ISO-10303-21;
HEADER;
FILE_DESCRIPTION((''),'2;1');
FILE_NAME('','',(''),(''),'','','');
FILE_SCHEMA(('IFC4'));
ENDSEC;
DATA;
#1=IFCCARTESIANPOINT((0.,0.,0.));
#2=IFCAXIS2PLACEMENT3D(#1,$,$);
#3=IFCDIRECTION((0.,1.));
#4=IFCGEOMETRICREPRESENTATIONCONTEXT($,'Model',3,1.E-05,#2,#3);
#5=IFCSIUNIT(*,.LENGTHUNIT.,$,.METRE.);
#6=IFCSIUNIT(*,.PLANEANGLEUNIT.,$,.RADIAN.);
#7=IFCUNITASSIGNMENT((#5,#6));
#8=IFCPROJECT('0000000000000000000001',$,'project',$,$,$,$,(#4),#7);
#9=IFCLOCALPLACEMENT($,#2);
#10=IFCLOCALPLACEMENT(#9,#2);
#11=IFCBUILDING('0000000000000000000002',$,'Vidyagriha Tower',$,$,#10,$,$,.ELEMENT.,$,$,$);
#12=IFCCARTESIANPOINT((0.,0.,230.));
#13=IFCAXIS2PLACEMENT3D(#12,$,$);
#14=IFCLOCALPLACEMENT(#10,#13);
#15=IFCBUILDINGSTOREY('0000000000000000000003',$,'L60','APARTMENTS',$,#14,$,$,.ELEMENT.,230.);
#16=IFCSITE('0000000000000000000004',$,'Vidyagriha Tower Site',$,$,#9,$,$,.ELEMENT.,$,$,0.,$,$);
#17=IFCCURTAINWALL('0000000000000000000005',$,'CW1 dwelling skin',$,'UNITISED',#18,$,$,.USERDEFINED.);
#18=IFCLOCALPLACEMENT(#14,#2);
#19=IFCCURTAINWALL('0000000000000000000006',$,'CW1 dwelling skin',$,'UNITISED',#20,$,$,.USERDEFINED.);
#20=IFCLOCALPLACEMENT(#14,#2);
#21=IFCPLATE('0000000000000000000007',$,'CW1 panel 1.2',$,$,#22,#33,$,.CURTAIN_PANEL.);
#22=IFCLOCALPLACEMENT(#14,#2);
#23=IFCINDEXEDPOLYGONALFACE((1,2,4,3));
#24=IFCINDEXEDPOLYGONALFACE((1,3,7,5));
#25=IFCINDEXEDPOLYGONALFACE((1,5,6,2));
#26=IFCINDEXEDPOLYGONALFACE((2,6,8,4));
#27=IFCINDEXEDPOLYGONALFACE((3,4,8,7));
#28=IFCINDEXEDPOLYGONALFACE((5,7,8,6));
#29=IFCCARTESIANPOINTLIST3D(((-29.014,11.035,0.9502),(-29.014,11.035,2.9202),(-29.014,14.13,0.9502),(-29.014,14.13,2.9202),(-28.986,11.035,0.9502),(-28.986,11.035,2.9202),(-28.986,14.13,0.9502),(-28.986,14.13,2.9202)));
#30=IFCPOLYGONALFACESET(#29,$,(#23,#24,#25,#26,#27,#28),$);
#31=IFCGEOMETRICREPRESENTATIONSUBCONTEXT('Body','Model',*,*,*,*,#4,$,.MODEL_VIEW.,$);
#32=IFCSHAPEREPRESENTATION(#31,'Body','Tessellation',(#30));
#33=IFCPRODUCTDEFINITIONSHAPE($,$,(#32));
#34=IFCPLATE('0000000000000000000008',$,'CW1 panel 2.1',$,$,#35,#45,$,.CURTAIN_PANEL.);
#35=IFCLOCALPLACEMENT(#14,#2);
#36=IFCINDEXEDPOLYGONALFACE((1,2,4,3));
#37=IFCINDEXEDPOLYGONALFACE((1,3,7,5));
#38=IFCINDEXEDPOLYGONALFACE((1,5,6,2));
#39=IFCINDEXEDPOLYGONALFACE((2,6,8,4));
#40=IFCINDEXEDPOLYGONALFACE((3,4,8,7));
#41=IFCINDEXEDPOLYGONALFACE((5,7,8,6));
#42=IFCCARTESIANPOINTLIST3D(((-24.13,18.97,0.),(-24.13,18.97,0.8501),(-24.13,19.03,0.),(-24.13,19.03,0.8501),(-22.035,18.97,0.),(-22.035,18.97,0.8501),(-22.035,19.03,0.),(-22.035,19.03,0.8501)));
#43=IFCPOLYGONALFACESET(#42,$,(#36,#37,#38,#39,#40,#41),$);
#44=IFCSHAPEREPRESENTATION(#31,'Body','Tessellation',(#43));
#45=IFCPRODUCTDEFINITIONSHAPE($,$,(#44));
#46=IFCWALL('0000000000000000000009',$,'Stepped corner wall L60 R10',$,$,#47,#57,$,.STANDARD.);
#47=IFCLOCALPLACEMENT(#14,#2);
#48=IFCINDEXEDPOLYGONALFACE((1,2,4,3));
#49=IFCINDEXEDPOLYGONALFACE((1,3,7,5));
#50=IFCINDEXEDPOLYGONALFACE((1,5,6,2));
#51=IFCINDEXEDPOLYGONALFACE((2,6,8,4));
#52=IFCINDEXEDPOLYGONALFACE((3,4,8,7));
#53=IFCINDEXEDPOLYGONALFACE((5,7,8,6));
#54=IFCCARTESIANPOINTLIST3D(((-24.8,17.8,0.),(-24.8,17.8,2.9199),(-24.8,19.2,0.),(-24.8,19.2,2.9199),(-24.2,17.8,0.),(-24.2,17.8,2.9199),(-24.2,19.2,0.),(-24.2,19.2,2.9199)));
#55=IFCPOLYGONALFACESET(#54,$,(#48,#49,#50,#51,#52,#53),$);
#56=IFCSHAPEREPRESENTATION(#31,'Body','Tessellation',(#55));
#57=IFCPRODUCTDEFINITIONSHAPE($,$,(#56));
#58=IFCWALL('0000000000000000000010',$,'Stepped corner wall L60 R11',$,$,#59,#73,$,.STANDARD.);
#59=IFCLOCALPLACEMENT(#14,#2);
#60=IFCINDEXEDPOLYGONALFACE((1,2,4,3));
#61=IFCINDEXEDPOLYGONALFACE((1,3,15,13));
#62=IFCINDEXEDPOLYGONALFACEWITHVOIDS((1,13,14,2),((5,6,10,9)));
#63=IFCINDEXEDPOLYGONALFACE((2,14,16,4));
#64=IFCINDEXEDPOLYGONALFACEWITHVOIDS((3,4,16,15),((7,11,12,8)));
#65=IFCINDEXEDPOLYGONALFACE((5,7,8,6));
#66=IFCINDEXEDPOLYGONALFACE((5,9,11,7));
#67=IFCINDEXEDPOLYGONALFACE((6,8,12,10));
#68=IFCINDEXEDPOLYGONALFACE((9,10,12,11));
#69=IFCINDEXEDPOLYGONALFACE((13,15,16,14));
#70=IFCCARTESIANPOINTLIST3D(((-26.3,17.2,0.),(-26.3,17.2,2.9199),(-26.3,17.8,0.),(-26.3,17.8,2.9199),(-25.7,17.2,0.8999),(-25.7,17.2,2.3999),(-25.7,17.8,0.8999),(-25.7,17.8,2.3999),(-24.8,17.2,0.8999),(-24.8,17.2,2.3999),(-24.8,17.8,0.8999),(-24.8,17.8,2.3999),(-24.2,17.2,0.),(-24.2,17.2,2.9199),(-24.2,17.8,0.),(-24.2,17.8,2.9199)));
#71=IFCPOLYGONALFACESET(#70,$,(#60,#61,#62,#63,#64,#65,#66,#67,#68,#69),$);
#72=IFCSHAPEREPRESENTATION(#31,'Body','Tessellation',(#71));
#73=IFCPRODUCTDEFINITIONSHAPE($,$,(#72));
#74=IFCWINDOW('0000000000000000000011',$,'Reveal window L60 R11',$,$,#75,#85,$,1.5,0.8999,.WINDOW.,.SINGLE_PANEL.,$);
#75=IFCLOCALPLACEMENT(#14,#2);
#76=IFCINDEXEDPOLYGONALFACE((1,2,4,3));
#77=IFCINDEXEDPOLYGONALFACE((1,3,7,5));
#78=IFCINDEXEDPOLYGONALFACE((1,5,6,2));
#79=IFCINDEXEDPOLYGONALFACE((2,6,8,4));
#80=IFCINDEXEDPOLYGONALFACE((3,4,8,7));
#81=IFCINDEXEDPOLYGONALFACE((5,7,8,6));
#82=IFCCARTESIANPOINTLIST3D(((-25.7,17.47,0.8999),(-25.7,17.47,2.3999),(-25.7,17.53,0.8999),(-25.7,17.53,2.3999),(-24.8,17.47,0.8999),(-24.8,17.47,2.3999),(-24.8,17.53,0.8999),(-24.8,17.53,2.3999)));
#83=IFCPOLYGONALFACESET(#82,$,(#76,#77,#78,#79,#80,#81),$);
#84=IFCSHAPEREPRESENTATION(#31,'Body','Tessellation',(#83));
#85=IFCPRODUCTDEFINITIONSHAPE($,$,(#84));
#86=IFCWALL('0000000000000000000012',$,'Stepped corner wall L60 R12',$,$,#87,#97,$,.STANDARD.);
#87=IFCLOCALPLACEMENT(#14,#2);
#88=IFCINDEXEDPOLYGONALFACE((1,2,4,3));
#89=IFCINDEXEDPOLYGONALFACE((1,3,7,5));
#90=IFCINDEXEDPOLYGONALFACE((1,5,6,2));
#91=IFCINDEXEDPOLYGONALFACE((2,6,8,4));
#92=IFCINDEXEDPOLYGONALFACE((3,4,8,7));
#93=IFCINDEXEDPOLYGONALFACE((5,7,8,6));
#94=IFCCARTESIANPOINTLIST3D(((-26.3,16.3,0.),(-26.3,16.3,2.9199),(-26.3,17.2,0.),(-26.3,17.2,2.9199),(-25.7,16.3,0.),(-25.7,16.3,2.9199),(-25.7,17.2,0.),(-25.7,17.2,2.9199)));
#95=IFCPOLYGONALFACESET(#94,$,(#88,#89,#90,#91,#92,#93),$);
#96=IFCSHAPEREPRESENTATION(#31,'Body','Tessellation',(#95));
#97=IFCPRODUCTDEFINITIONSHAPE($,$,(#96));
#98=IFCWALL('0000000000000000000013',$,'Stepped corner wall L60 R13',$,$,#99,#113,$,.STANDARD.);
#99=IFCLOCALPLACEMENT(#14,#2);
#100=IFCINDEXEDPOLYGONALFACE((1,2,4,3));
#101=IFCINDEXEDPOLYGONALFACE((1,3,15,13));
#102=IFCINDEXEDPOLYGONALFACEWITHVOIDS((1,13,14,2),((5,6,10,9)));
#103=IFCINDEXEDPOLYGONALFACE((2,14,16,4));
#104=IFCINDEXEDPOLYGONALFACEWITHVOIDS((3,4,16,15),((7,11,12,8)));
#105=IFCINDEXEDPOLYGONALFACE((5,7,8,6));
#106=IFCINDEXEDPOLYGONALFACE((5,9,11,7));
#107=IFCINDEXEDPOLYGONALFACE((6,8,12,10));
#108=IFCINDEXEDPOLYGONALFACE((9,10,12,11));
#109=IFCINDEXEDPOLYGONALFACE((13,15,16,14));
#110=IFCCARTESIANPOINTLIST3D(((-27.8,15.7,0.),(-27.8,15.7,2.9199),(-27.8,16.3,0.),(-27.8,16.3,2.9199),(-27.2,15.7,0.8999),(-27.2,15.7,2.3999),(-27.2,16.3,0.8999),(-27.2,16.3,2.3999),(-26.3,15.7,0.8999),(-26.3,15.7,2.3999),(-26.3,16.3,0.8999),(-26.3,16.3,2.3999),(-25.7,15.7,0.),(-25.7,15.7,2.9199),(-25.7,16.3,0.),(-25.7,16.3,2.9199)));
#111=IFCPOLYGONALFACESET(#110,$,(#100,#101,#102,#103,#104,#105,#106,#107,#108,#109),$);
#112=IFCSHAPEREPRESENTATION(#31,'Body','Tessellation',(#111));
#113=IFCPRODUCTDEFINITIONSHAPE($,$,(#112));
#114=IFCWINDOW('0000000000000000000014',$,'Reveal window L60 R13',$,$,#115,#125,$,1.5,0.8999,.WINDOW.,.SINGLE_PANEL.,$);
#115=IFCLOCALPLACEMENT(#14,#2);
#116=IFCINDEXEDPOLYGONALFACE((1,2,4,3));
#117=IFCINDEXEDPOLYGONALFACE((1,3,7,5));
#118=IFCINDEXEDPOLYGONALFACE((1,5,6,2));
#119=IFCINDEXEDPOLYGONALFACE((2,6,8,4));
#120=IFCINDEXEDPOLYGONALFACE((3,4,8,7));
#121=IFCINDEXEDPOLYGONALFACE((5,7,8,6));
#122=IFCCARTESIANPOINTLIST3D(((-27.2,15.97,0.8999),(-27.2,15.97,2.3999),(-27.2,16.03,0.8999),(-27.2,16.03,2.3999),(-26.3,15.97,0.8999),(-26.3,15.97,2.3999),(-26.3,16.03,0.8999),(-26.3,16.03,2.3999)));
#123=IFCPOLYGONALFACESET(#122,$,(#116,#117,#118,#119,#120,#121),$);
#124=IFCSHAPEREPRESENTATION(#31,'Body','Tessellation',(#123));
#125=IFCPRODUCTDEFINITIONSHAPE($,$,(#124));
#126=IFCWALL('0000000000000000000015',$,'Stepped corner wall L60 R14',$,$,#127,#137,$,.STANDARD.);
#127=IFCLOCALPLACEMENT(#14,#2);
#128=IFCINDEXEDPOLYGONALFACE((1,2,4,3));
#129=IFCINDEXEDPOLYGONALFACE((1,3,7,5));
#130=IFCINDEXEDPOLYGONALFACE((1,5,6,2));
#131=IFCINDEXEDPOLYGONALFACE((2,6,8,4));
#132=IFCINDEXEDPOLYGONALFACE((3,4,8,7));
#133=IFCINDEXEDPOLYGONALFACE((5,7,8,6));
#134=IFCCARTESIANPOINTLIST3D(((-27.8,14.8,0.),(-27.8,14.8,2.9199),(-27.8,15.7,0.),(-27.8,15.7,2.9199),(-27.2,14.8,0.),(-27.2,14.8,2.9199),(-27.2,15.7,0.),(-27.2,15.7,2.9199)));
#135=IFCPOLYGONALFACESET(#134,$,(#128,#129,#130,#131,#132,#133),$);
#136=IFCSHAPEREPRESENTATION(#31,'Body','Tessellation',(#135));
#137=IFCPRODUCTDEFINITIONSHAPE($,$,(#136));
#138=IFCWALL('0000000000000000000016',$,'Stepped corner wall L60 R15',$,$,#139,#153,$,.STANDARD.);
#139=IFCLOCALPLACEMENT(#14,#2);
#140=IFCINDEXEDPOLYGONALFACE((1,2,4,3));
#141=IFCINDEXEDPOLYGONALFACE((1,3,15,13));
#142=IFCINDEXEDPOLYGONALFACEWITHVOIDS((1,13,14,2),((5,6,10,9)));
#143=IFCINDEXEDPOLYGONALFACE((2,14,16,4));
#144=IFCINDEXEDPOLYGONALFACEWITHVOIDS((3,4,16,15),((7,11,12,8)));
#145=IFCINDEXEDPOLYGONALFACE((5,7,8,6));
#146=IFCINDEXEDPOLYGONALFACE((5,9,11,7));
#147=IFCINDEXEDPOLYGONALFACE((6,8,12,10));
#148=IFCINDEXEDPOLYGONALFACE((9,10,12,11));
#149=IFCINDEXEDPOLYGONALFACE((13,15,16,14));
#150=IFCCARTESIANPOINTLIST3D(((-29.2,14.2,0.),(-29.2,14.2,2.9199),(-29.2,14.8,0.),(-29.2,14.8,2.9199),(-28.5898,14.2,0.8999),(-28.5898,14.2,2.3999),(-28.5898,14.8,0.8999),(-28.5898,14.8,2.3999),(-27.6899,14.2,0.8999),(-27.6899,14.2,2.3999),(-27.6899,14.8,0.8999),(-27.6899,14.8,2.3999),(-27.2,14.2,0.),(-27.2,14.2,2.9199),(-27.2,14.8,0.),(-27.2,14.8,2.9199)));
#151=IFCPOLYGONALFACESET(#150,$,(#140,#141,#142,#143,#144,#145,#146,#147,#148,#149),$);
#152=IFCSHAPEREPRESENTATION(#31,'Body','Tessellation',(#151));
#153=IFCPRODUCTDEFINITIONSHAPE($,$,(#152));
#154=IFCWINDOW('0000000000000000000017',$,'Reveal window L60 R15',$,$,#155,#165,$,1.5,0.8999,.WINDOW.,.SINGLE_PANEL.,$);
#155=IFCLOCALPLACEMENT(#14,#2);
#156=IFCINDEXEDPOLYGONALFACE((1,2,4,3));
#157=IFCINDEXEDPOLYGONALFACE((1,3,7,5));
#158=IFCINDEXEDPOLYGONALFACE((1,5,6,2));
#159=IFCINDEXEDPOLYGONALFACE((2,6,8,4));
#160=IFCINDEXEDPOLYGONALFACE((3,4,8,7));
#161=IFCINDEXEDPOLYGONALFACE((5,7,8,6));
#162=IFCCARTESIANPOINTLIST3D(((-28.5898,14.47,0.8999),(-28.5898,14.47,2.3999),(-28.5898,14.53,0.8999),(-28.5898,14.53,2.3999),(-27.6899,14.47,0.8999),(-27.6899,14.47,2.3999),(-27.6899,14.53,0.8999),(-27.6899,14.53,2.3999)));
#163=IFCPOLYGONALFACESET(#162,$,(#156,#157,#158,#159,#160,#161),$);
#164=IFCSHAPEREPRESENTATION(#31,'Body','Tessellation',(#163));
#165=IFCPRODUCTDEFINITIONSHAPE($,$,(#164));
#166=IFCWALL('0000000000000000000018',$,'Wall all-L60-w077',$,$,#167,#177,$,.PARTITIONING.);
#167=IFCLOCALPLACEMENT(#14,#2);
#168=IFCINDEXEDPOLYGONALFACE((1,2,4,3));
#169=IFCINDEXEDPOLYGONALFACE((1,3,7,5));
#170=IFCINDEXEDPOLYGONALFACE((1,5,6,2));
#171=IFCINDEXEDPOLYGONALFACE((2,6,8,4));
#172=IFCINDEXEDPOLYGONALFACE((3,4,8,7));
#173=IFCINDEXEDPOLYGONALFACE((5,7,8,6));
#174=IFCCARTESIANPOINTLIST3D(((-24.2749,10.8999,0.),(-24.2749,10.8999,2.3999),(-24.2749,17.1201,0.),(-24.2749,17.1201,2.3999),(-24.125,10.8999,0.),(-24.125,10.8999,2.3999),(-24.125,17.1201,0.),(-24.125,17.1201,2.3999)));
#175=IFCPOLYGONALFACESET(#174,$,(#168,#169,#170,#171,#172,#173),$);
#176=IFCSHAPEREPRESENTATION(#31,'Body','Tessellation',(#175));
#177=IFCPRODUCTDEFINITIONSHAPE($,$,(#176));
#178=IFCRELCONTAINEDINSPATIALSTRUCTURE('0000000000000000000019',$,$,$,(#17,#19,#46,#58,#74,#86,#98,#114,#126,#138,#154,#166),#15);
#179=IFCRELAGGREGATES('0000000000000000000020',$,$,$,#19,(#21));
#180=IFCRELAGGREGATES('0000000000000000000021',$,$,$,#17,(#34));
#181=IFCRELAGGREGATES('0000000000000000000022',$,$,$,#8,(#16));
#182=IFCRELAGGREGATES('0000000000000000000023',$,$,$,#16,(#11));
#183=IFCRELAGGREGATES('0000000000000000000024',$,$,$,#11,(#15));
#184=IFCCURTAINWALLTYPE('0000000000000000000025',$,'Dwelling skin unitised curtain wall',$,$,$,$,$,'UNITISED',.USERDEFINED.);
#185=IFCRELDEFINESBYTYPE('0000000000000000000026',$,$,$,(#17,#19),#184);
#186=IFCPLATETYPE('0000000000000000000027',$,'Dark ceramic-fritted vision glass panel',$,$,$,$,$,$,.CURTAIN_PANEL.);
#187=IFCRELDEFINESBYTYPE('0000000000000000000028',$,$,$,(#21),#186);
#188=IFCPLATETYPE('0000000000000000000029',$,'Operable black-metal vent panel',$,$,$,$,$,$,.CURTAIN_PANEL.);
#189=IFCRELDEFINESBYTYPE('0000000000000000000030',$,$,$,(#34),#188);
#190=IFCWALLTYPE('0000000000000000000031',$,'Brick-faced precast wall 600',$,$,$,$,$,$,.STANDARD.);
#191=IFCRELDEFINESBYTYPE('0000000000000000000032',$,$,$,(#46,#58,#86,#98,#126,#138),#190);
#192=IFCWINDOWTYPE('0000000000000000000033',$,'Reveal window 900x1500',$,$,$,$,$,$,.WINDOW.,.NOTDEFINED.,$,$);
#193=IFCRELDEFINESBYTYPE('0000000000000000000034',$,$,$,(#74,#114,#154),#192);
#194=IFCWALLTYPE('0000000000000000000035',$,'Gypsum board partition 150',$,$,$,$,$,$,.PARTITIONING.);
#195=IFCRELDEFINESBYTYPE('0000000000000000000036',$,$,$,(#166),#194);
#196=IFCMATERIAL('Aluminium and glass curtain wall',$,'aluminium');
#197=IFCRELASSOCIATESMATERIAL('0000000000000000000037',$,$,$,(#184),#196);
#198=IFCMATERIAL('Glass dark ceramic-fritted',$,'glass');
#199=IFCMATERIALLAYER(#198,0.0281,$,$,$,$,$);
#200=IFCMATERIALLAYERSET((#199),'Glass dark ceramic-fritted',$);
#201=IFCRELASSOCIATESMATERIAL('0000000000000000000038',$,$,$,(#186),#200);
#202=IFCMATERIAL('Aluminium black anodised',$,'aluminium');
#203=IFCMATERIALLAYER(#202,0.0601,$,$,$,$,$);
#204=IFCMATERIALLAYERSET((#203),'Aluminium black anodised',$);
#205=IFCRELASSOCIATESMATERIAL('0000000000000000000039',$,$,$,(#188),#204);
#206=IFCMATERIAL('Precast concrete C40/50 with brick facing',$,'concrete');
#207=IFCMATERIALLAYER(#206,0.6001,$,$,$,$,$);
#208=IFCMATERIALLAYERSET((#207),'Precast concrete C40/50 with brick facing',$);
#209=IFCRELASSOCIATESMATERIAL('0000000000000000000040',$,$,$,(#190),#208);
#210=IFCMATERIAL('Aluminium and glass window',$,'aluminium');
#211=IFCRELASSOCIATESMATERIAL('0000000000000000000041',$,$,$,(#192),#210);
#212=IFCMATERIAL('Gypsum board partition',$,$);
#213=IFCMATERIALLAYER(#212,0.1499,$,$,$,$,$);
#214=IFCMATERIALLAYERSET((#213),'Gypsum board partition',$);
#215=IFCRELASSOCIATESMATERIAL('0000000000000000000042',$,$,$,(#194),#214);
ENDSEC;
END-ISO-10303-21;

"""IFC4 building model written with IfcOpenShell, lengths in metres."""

from ifc_helpers import new_model, si_unit, direction, frame, frame_2d, origin, origin_2d, place, context, subcontext, project, spatial, rectangle, extrude, material, layer, layer_set, type_object, element, fill, aggregate, save


model = new_model("IFC4")

# Units and contexts
model_context = context("Model", 3, precision=1e-05, world=origin(), true_north=direction((0.0, 1.0)))
body_context = subcontext(model_context, "Body", "Model", "MODEL_VIEW")
ifc_project = project(units=[si_unit("LENGTHUNIT", "METRE"), si_unit("PLANEANGLEUNIT", "RADIAN")], contexts=[model_context])

# Site, building, storey
site_placement = place(None, origin())
site = spatial("IfcSite", under=ifc_project, at=site_placement, Name="Vidyagriha Tower Site", CompositionType="ELEMENT", RefElevation=0.0)
building_placement = place(site_placement, origin())
building = spatial("IfcBuilding", under=site, at=building_placement, Name="Vidyagriha Tower", CompositionType="ELEMENT")
storey_placement = place(building_placement, frame((0.0, 0.0, 230.0)))
storey = spatial("IfcBuildingStorey", under=building, at=storey_placement, Name="L60", Description="APARTMENTS", CompositionType="ELEMENT", Elevation=230.0)

# Curtain wall
ifc_material_1 = material(Name="Aluminium and glass curtain wall", Category="aluminium")
curtain_wall_type = type_object("IfcCurtainWallType", Name="Dwelling skin unitised curtain wall", ElementType="UNITISED", PredefinedType="USERDEFINED", material=ifc_material_1)
curtain_wall_1_placement = place(storey_placement, origin())
curtain_wall_1 = element("IfcCurtainWall", 1, at=curtain_wall_1_placement, inside=storey, type_object=curtain_wall_type, Name="CW1 dwelling skin", ObjectType="UNITISED", PredefinedType="USERDEFINED")

# Curtain wall
curtain_wall_2_placement = place(storey_placement, origin())
curtain_wall_2 = element("IfcCurtainWall", 2, at=curtain_wall_2_placement, inside=storey, type_object=curtain_wall_type, Name="CW1 dwelling skin", ObjectType="UNITISED", PredefinedType="USERDEFINED")

# Plates
ifc_material_2 = material(Name="Glass dark ceramic-fritted", Category="glass")
ifc_layer_1 = layer(ifc_material_2, 0.0281)
ifc_layer_set_1 = layer_set([ifc_layer_1], Name="Glass dark ceramic-fritted")
plate_type_1 = type_object("IfcPlateType", Name="Dark ceramic-fritted vision glass panel", PredefinedType="CURTAIN_PANEL", material=ifc_layer_set_1)
plate_1_placement = place(storey_placement, frame((-29.0, 12.5825, 0.9502), z_axis=(0.0, 0.0, 1.0), x_axis=(0.0, -1.0, 0.0)))
plate_1 = element("IfcPlate", 3, at=plate_1_placement, type_object=plate_type_1, Name="CW1 panel 1.2", PredefinedType="CURTAIN_PANEL", context=body_context, shape_type="SweptSolid", body=[
    extrude(rectangle(XDim=3.095, YDim=0.0281, at=origin_2d()), origin(), (0.0, 0.0, 1.0), 1.97),
])
aggregate(curtain_wall_2, [plate_1])
ifc_material_3 = material(Name="Aluminium black anodised", Category="aluminium")
ifc_layer_2 = layer(ifc_material_3, 0.0601)
ifc_layer_set_2 = layer_set([ifc_layer_2], Name="Aluminium black anodised")
plate_type_2 = type_object("IfcPlateType", Name="Operable black-metal vent panel", PredefinedType="CURTAIN_PANEL", material=ifc_layer_set_2)
plate_2_placement = place(storey_placement, frame((-23.0825, 19.0, 0.0), z_axis=(0.0, 0.0, 1.0), x_axis=(-1.0, 0.0, 0.0)))
plate_2 = element("IfcPlate", 4, at=plate_2_placement, type_object=plate_type_2, Name="CW1 panel 2.1", PredefinedType="CURTAIN_PANEL", context=body_context, shape_type="SweptSolid", body=[
    extrude(rectangle(XDim=2.095, YDim=0.0601, at=origin_2d()), origin(), (0.0, 0.0, 1.0), 0.8501),
])
aggregate(curtain_wall_1, [plate_2])

# Wall
ifc_material_4 = material(Name="Precast concrete C40/50 with brick facing", Category="concrete")
ifc_layer_3 = layer(ifc_material_4, 0.6001)
ifc_layer_set_3 = layer_set([ifc_layer_3], Name="Precast concrete C40/50 with brick facing")
wall_type_1 = type_object("IfcWallType", Name="Brick-faced precast wall 600", PredefinedType="STANDARD", material=ifc_layer_set_3)
wall_1_placement = place(storey_placement, frame((-24.5, 19.2, 0.0), z_axis=(0.0, 0.0, 1.0), x_axis=(0.0, -1.0, 0.0)))
element("IfcWall", 5, at=wall_1_placement, inside=storey, type_object=wall_type_1, Name="Stepped corner wall L60 R10", PredefinedType="STANDARD", context=body_context, shape_type="SweptSolid", body=[
    extrude(rectangle(XDim=1.3999, YDim=0.6001, at=frame_2d((0.7, 0.0))), origin(), (0.0, 0.0, 1.0), 2.9199),
])

# Wall, opening, window
wall_2_placement = place(storey_placement, frame((-24.2, 17.5, 0.0), z_axis=(0.0, 0.0, 1.0), x_axis=(-1.0, 0.0, 0.0)))
wall_2 = element("IfcWall", 6, at=wall_2_placement, inside=storey, type_object=wall_type_1, Name="Stepped corner wall L60 R11", PredefinedType="STANDARD", context=body_context, shape_type="SweptSolid", body=[
    extrude(rectangle(XDim=2.1001, YDim=0.6001, at=frame_2d((1.05, 0.0))), origin(), (0.0, 0.0, 1.0), 2.9199),
])
opening_1_placement = place(wall_2_placement, frame((0.6001, 0.0, 0.8999)))
opening_1 = element("IfcOpeningElement", 7, at=opening_1_placement, cuts=wall_2, PredefinedType="OPENING", context=body_context, shape_type="SweptSolid", body=[
    extrude(rectangle(XDim=0.8999, YDim=1.5, at=frame_2d((0.45, 0.75))), frame((0.0, 0.3101, 0.0), z_axis=(0.0, -1.0, 0.0), x_axis=(1.0, 0.0, 0.0)), (0.0, 0.0, 1.0), 0.6201),
])
ifc_material_5 = material(Name="Aluminium and glass window", Category="aluminium")
window_type = type_object("IfcWindowType", Name="Reveal window 900x1500", PartitioningType="NOTDEFINED", PredefinedType="WINDOW", material=ifc_material_5)
window_1_placement = place(opening_1_placement, origin())
window_1 = element("IfcWindow", 8, at=window_1_placement, inside=storey, type_object=window_type, Name="Reveal window L60 R11", OverallHeight=1.5, OverallWidth=0.8999, PartitioningType="SINGLE_PANEL", PredefinedType="WINDOW", context=body_context, shape_type="SweptSolid", body=[
    extrude(rectangle(XDim=0.8999, YDim=1.5, at=frame_2d((0.45, 0.75))), frame((0.0, 0.03, 0.0), z_axis=(0.0, -1.0, 0.0), x_axis=(1.0, 0.0, 0.0)), (0.0, 0.0, 1.0), 0.0601),
])
fill(opening_1, window_1)

# Wall
wall_3_placement = place(storey_placement, frame((-26.0, 17.2, 0.0), z_axis=(0.0, 0.0, 1.0), x_axis=(0.0, -1.0, 0.0)))
element("IfcWall", 9, at=wall_3_placement, inside=storey, type_object=wall_type_1, Name="Stepped corner wall L60 R12", PredefinedType="STANDARD", context=body_context, shape_type="SweptSolid", body=[
    extrude(rectangle(XDim=0.8999, YDim=0.6001, at=frame_2d((0.45, 0.0))), origin(), (0.0, 0.0, 1.0), 2.9199),
])

# Wall, opening, window
wall_4_placement = place(storey_placement, frame((-25.7, 16.0, 0.0), z_axis=(0.0, 0.0, 1.0), x_axis=(-1.0, 0.0, 0.0)))
wall_4 = element("IfcWall", 10, at=wall_4_placement, inside=storey, type_object=wall_type_1, Name="Stepped corner wall L60 R13", PredefinedType="STANDARD", context=body_context, shape_type="SweptSolid", body=[
    extrude(rectangle(XDim=2.1001, YDim=0.6001, at=frame_2d((1.05, 0.0))), origin(), (0.0, 0.0, 1.0), 2.9199),
])
opening_2_placement = place(wall_4_placement, frame((0.6001, 0.0, 0.8999)))
opening_2 = element("IfcOpeningElement", 11, at=opening_2_placement, cuts=wall_4, PredefinedType="OPENING", context=body_context, shape_type="SweptSolid", body=[
    extrude(rectangle(XDim=0.8999, YDim=1.5, at=frame_2d((0.45, 0.75))), frame((0.0, 0.3101, 0.0), z_axis=(0.0, -1.0, 0.0), x_axis=(1.0, 0.0, 0.0)), (0.0, 0.0, 1.0), 0.6201),
])
window_2_placement = place(opening_2_placement, origin())
window_2 = element("IfcWindow", 12, at=window_2_placement, inside=storey, type_object=window_type, Name="Reveal window L60 R13", OverallHeight=1.5, OverallWidth=0.8999, PartitioningType="SINGLE_PANEL", PredefinedType="WINDOW", context=body_context, shape_type="SweptSolid", body=[
    extrude(rectangle(XDim=0.8999, YDim=1.5, at=frame_2d((0.45, 0.75))), frame((0.0, 0.03, 0.0), z_axis=(0.0, -1.0, 0.0), x_axis=(1.0, 0.0, 0.0)), (0.0, 0.0, 1.0), 0.0601),
])
fill(opening_2, window_2)

# Wall
wall_5_placement = place(storey_placement, frame((-27.5, 15.7, 0.0), z_axis=(0.0, 0.0, 1.0), x_axis=(0.0, -1.0, 0.0)))
element("IfcWall", 13, at=wall_5_placement, inside=storey, type_object=wall_type_1, Name="Stepped corner wall L60 R14", PredefinedType="STANDARD", context=body_context, shape_type="SweptSolid", body=[
    extrude(rectangle(XDim=0.8999, YDim=0.6001, at=frame_2d((0.45, 0.0))), origin(), (0.0, 0.0, 1.0), 2.9199),
])

# Wall, opening, window
wall_6_placement = place(storey_placement, frame((-27.2, 14.5, 0.0), z_axis=(0.0, 0.0, 1.0), x_axis=(-1.0, 0.0, 0.0)))
wall_6 = element("IfcWall", 14, at=wall_6_placement, inside=storey, type_object=wall_type_1, Name="Stepped corner wall L60 R15", PredefinedType="STANDARD", context=body_context, shape_type="SweptSolid", body=[
    extrude(rectangle(XDim=2.0, YDim=0.6001, at=frame_2d((1.0, 0.0))), origin(), (0.0, 0.0, 1.0), 2.9199),
])
opening_3_placement = place(wall_6_placement, frame((0.49, 0.0, 0.8999)))
opening_3 = element("IfcOpeningElement", 15, at=opening_3_placement, cuts=wall_6, PredefinedType="OPENING", context=body_context, shape_type="SweptSolid", body=[
    extrude(rectangle(XDim=0.8999, YDim=1.5, at=frame_2d((0.45, 0.75))), frame((0.0, 0.3101, 0.0), z_axis=(0.0, -1.0, 0.0), x_axis=(1.0, 0.0, 0.0)), (0.0, 0.0, 1.0), 0.6201),
])
window_3_placement = place(opening_3_placement, origin())
window_3 = element("IfcWindow", 16, at=window_3_placement, inside=storey, type_object=window_type, Name="Reveal window L60 R15", OverallHeight=1.5, OverallWidth=0.8999, PartitioningType="SINGLE_PANEL", PredefinedType="WINDOW", context=body_context, shape_type="SweptSolid", body=[
    extrude(rectangle(XDim=0.8999, YDim=1.5, at=frame_2d((0.45, 0.75))), frame((0.0, 0.03, 0.0), z_axis=(0.0, -1.0, 0.0), x_axis=(1.0, 0.0, 0.0)), (0.0, 0.0, 1.0), 0.0601),
])
fill(opening_3, window_3)

# Wall
ifc_material_6 = material(Name="Gypsum board partition")
ifc_layer_4 = layer(ifc_material_6, 0.1499)
ifc_layer_set_4 = layer_set([ifc_layer_4], Name="Gypsum board partition")
wall_type_2 = type_object("IfcWallType", Name="Gypsum board partition 150", PredefinedType="PARTITIONING", material=ifc_layer_set_4)
wall_7_placement = place(storey_placement, frame((-24.2, 17.1201, 0.0), z_axis=(0.0, 0.0, 1.0), x_axis=(0.0, -1.0, 0.0)))
element("IfcWall", 17, at=wall_7_placement, inside=storey, type_object=wall_type_2, Name="Wall all-L60-w077", PredefinedType="PARTITIONING", context=body_context, shape_type="SweptSolid", body=[
    extrude(rectangle(XDim=6.2202, YDim=0.1499, at=frame_2d((3.1101, 0.0))), origin(), (0.0, 0.0, 1.0), 2.3999),
])

save(model, "model.ifc")
